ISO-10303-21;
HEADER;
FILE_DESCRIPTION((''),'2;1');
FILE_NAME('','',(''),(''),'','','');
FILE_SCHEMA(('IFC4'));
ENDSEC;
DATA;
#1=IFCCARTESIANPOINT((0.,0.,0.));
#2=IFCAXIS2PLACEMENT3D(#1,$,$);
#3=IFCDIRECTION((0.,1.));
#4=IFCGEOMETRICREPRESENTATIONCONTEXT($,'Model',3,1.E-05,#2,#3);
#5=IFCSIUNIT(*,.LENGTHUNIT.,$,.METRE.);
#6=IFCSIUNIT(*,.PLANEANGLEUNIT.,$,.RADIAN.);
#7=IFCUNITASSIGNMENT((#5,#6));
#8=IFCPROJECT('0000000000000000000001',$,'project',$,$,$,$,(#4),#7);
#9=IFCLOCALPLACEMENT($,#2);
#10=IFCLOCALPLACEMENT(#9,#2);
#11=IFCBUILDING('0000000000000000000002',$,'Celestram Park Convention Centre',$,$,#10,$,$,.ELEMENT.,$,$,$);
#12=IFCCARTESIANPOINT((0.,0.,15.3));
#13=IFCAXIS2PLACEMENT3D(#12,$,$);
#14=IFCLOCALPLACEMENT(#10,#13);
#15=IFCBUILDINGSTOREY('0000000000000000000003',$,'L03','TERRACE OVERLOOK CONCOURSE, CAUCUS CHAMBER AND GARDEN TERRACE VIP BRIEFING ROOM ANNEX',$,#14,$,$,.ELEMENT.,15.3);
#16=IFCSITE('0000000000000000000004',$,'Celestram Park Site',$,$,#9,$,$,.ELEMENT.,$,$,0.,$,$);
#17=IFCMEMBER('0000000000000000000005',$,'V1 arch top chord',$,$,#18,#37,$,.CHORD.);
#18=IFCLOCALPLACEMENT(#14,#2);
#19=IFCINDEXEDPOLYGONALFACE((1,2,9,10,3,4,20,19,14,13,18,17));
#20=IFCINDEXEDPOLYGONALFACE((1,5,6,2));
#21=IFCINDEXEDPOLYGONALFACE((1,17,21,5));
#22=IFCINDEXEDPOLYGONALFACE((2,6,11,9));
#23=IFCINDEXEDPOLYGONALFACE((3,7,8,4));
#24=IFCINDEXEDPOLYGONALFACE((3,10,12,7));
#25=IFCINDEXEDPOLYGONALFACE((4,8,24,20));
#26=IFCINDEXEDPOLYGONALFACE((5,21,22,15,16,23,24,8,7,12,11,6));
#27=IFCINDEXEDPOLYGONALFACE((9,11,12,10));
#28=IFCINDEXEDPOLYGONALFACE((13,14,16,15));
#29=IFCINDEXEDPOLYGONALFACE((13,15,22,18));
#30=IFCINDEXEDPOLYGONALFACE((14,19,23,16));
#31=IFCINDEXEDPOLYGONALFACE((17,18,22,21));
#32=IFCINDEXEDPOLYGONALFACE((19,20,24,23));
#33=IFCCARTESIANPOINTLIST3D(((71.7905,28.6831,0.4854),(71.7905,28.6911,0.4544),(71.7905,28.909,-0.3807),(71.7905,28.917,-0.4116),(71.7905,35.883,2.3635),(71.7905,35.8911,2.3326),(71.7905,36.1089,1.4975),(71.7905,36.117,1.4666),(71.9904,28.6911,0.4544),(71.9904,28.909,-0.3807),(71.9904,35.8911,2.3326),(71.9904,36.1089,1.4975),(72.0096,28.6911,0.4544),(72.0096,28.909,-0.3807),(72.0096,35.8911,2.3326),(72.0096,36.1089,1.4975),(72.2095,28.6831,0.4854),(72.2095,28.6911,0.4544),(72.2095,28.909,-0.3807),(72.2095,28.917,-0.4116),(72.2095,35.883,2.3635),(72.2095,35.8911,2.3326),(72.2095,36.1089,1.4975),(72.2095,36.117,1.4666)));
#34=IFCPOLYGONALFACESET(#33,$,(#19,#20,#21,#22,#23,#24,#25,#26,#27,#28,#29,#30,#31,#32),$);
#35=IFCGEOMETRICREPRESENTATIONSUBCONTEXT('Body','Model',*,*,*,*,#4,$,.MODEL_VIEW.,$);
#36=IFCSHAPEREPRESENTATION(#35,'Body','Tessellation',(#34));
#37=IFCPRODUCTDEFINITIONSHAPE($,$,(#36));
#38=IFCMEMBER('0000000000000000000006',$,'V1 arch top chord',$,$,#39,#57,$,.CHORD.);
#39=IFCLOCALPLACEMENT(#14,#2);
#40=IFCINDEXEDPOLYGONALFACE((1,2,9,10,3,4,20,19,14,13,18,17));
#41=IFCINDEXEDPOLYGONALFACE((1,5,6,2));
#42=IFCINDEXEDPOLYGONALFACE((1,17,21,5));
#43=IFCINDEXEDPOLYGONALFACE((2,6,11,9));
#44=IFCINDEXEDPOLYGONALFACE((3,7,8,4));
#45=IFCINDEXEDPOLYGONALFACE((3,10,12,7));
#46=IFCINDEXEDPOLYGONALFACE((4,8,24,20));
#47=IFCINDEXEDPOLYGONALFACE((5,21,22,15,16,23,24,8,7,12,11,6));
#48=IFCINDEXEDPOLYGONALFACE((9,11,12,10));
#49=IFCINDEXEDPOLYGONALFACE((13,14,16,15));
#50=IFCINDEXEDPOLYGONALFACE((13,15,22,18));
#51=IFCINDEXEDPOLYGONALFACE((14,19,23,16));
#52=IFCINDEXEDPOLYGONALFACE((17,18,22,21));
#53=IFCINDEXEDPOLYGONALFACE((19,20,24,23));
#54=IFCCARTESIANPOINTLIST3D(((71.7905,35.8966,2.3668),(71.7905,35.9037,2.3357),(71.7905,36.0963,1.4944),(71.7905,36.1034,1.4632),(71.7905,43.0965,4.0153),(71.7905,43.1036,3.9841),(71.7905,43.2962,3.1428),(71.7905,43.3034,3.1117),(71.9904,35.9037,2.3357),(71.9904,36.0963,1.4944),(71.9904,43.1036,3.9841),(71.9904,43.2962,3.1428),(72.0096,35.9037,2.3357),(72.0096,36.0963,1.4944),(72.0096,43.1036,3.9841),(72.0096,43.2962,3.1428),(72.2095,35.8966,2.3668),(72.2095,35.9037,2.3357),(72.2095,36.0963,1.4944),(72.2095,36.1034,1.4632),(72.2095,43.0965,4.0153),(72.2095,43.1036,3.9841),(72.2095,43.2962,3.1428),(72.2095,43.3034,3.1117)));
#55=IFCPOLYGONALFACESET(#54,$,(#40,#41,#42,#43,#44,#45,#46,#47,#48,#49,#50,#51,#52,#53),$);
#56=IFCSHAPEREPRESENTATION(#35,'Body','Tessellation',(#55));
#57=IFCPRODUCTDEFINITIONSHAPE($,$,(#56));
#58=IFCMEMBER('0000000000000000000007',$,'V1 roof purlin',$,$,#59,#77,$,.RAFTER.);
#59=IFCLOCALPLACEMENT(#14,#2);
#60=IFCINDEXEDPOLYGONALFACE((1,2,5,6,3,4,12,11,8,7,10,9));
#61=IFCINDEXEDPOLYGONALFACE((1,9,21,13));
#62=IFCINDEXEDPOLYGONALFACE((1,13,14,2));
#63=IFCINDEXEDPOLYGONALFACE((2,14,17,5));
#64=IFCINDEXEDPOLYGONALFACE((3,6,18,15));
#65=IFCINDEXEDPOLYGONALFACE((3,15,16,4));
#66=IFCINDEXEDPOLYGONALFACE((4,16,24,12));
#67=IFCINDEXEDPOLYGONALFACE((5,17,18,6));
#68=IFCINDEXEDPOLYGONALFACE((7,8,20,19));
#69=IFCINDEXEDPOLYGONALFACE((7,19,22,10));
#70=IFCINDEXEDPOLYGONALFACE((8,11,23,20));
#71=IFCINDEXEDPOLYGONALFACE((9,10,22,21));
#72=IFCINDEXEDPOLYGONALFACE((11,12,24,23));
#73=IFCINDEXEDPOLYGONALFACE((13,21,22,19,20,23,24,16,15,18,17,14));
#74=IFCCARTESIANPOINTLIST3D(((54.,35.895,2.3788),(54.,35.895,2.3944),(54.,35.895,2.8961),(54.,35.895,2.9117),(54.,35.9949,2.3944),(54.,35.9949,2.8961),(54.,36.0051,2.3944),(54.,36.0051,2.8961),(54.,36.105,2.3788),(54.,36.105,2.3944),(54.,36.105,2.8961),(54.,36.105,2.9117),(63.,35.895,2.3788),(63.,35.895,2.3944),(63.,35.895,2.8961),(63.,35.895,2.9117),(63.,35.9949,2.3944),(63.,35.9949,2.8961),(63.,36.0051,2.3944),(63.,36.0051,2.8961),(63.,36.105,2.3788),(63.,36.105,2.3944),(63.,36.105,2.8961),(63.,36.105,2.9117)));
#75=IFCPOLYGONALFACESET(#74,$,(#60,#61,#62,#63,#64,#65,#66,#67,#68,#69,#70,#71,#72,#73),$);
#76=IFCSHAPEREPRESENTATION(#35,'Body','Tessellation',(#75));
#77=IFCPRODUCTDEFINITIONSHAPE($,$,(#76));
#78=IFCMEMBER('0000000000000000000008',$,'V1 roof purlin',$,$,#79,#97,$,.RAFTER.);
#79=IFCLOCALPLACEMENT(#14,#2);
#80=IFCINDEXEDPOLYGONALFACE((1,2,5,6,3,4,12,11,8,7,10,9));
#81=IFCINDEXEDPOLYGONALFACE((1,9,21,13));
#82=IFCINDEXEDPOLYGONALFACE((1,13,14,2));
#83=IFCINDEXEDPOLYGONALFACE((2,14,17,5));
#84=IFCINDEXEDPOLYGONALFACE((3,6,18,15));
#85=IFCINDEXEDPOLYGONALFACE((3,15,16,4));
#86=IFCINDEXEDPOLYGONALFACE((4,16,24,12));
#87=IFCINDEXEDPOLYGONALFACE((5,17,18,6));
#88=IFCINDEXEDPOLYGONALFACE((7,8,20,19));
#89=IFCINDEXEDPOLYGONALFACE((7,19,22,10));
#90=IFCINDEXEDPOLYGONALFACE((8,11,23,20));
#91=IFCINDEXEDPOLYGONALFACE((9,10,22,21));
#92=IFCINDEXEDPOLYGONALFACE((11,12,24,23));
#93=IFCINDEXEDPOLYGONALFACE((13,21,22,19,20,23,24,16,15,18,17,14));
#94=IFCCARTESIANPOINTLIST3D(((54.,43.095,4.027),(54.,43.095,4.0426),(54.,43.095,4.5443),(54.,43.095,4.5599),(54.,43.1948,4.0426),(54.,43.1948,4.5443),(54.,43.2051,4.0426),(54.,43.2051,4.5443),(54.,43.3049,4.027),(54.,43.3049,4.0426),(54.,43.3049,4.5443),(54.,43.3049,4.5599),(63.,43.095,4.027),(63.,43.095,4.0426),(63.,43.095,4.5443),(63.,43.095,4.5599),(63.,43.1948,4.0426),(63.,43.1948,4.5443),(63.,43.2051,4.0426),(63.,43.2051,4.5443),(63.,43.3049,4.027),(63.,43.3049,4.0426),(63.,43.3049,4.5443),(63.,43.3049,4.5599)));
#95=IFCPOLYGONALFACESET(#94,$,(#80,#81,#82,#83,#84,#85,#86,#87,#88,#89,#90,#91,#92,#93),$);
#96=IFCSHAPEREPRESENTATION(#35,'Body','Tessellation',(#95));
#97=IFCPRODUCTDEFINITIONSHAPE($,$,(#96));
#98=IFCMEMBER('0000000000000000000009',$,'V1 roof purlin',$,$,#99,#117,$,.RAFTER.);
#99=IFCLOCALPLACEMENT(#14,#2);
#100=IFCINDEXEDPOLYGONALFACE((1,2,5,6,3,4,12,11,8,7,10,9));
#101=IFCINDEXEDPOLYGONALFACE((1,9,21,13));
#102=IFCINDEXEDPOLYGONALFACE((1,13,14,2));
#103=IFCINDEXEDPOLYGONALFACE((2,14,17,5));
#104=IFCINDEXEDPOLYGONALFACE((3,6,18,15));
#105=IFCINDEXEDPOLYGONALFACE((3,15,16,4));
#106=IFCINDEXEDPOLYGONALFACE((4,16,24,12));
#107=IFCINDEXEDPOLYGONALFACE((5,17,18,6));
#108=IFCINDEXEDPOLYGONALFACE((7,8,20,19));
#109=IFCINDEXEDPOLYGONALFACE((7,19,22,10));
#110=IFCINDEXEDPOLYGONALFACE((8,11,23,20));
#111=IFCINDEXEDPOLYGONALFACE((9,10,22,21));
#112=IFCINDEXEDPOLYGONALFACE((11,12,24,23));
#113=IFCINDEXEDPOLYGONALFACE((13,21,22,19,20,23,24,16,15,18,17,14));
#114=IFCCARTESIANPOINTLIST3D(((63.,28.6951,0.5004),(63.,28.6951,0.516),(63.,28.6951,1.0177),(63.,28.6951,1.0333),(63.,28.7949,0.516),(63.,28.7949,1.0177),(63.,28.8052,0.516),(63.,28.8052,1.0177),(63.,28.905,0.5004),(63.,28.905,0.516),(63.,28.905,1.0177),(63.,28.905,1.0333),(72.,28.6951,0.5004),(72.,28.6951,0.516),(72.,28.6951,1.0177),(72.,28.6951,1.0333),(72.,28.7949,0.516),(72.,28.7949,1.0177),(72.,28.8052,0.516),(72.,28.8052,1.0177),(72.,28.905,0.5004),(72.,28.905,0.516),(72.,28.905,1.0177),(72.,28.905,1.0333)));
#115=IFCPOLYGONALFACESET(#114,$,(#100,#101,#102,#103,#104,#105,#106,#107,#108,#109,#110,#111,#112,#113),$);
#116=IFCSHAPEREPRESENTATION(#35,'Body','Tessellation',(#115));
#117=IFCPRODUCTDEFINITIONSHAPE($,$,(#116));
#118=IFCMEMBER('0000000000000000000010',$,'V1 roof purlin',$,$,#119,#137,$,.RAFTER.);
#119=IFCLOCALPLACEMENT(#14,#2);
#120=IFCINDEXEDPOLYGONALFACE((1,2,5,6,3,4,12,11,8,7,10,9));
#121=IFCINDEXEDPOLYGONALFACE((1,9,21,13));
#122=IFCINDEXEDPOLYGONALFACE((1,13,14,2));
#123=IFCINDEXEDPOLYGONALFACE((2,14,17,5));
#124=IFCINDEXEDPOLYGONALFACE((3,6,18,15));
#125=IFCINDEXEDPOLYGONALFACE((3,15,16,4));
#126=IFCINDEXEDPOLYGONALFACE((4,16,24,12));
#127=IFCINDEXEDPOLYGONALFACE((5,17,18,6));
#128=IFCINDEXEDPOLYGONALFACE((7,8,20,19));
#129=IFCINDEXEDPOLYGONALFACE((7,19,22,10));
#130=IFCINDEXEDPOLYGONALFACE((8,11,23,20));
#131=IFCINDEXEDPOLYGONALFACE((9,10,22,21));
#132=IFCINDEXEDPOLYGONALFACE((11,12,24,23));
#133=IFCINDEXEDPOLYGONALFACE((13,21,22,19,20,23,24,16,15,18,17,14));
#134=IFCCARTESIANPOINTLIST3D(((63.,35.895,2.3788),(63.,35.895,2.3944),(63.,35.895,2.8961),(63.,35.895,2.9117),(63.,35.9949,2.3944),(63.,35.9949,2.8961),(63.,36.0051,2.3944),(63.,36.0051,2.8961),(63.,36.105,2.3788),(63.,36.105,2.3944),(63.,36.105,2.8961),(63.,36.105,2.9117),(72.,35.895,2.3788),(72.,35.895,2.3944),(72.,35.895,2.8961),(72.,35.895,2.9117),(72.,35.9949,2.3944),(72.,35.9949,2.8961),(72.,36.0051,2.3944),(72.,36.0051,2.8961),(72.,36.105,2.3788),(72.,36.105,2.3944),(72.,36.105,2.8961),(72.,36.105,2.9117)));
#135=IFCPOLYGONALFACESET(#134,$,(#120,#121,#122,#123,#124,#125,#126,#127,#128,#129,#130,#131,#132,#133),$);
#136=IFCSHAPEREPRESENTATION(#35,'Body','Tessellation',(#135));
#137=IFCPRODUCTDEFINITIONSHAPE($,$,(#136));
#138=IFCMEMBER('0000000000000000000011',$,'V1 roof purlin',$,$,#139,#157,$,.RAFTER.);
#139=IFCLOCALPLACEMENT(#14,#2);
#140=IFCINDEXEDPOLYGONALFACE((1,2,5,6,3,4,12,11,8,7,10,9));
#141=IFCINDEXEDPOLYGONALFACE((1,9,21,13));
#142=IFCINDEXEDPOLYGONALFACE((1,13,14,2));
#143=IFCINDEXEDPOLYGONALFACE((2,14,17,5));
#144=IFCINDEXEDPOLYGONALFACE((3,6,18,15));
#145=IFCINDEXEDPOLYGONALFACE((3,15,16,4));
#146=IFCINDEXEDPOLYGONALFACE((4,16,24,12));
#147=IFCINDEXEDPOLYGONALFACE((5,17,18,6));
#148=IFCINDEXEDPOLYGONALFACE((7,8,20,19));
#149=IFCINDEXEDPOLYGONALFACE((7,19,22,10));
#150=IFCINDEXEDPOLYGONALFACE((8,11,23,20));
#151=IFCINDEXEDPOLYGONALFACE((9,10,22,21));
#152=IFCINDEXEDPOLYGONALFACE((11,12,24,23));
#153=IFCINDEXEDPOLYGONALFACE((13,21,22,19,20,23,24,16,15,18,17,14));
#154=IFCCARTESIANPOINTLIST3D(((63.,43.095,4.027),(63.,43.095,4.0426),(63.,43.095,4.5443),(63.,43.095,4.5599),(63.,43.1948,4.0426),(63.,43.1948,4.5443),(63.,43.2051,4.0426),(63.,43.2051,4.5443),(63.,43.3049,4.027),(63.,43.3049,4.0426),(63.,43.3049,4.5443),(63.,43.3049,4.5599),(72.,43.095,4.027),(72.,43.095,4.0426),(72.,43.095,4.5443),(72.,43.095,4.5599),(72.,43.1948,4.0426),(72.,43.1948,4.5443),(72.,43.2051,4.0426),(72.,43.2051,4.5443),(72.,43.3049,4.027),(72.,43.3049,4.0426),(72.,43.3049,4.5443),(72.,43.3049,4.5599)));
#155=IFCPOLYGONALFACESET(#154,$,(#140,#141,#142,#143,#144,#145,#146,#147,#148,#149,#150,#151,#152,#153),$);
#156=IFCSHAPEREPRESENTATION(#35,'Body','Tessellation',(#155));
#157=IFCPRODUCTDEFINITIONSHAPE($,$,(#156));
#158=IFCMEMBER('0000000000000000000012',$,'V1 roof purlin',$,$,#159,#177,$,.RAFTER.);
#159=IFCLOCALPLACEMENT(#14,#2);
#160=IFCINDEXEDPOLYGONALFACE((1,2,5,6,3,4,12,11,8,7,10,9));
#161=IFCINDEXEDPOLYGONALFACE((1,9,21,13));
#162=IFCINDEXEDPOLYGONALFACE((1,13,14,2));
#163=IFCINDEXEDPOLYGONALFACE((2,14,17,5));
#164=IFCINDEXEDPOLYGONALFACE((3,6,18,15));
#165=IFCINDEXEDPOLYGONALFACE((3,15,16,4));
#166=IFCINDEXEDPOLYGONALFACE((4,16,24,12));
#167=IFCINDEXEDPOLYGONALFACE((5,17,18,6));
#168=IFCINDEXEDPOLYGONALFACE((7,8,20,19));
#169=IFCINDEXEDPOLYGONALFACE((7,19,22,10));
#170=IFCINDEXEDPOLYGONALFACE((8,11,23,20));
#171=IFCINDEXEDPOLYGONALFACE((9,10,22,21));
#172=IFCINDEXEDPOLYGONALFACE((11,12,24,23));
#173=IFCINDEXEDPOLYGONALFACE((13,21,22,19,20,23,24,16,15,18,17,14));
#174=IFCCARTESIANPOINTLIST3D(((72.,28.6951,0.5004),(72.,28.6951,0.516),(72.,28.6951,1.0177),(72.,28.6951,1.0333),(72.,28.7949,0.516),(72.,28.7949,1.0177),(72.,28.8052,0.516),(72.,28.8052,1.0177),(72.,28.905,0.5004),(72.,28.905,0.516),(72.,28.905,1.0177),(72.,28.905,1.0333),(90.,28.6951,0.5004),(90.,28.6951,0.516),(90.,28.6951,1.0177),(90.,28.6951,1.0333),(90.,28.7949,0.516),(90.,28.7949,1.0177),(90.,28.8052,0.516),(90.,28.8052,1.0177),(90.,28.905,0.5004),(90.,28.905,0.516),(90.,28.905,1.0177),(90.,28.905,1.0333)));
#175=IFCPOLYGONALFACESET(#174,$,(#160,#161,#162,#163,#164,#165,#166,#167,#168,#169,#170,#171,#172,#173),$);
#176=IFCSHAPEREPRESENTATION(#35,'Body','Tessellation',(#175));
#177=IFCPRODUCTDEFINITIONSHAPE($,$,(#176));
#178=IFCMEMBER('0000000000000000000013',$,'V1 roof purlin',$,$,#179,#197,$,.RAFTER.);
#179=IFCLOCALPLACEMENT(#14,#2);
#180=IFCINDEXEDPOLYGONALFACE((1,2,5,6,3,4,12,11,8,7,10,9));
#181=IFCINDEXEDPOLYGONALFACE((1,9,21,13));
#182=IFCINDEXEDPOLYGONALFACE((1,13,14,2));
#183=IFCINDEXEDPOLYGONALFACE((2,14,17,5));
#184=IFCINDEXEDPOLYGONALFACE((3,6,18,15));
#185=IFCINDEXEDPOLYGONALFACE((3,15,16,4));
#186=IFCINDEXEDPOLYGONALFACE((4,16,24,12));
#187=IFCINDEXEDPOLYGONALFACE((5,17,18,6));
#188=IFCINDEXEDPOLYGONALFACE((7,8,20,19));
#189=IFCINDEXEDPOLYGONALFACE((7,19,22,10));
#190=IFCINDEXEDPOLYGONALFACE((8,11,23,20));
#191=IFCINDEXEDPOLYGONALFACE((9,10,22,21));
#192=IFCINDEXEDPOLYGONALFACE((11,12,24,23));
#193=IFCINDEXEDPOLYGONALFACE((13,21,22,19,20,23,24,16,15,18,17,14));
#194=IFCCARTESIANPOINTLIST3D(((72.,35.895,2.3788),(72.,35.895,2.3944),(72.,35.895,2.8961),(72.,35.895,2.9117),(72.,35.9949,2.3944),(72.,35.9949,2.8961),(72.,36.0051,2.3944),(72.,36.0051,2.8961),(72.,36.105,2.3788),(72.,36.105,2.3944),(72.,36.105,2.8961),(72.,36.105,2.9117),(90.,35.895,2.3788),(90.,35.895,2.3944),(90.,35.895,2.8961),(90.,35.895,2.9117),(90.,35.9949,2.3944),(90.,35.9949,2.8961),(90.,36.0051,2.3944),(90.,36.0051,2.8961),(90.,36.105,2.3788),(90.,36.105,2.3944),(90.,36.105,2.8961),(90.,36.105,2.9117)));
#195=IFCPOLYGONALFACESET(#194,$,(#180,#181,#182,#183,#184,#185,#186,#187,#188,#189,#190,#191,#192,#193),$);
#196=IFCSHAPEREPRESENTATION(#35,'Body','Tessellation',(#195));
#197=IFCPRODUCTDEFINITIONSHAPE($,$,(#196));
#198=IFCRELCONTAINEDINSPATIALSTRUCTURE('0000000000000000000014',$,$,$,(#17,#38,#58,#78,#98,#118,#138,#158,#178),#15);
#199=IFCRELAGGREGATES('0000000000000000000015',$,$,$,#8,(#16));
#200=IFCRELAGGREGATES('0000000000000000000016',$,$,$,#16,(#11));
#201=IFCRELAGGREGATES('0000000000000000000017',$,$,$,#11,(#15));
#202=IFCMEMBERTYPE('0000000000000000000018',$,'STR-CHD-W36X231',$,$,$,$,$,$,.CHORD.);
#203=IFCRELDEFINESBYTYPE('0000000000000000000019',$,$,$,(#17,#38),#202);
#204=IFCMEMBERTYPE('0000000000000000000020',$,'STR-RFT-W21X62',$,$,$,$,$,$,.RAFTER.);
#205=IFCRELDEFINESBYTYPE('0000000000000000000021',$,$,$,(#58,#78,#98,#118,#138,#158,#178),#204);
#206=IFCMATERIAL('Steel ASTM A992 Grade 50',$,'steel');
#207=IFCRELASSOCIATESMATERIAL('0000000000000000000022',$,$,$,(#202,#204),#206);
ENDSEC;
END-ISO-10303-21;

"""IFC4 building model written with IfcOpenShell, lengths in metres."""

from ifc_helpers import new_model, si_unit, direction, frame, origin, origin_2d, place, context, subcontext, project, spatial, i_section, extrude, material, material_profile, profile_set, type_object, element, save


model = new_model("IFC4")

# Units and contexts
model_context = context("Model", 3, precision=1e-05, world=origin(), true_north=direction((0.0, 1.0)))
body_context = subcontext(model_context, "Body", "Model", "MODEL_VIEW")
ifc_project = project(units=[si_unit("LENGTHUNIT", "METRE"), si_unit("PLANEANGLEUNIT", "RADIAN")], contexts=[model_context])

# Site, building, storey
site_placement = place(None, origin())
site = spatial("IfcSite", under=ifc_project, at=site_placement, Name="Celestram Park Site", CompositionType="ELEMENT", RefElevation=0.0)
building_placement = place(site_placement, origin())
building = spatial("IfcBuilding", under=site, at=building_placement, Name="Celestram Park Convention Centre", CompositionType="ELEMENT")
storey_placement = place(building_placement, frame((0.0, 0.0, 15.3)))
storey = spatial("IfcBuildingStorey", under=building, at=storey_placement, Name="L03", Description="TERRACE OVERLOOK CONCOURSE, CAUCUS CHAMBER AND GARDEN TERRACE VIP BRIEFING ROOM ANNEX", CompositionType="ELEMENT", Elevation=15.3)

# Members
ifc_material_1 = material(Name="Steel ASTM A992 Grade 50", Category="steel")
ifc_material_profile_1 = material_profile(ifc_material_1, i_section(OverallWidth=0.4189, OverallDepth=0.927, WebThickness=0.0193, FlangeThickness=0.032, at=origin_2d()), Name="W36X231")
ifc_profile_set_1 = profile_set([ifc_material_profile_1], Name="Steel ASTM A992 Grade 50")
member_type_1 = type_object("IfcMemberType", Name="STR-CHD-W36X231", PredefinedType="CHORD", material=ifc_profile_set_1)
member_1_placement = place(storey_placement, frame((72.0, 28.8, 0.0369), z_axis=(0.0, 0.96762, 0.252413), x_axis=(-1.0, 0.0, 0.0)))
element("IfcMember", 1, at=member_1_placement, inside=storey, type_object=member_type_1, Name="V1 arch top chord", PredefinedType="CHORD", context=body_context, shape_type="SweptSolid", body=[
    extrude(i_section(OverallWidth=0.4189, OverallDepth=0.927, WebThickness=0.0193, FlangeThickness=0.032, at=origin_2d()), origin(), (0.0, 0.0, 1.0), 7.4409),
])
member_2_placement = place(storey_placement, frame((72.0, 36.0, 1.915), z_axis=(0.0, 0.974778, 0.223177), x_axis=(-1.0, 0.0, 0.0)))
element("IfcMember", 2, at=member_2_placement, inside=storey, type_object=member_type_1, Name="V1 arch top chord", PredefinedType="CHORD", context=body_context, shape_type="SweptSolid", body=[
    extrude(i_section(OverallWidth=0.4189, OverallDepth=0.927, WebThickness=0.0193, FlangeThickness=0.032, at=origin_2d()), origin(), (0.0, 0.0, 1.0), 7.3862),
])
ifc_material_profile_2 = material_profile(ifc_material_1, i_section(OverallWidth=0.21, OverallDepth=0.533, WebThickness=0.0103, FlangeThickness=0.0156, at=origin_2d()), Name="W21X62")
ifc_profile_set_2 = profile_set([ifc_material_profile_2], Name="Steel ASTM A992 Grade 50")
member_type_2 = type_object("IfcMemberType", Name="STR-RFT-W21X62", PredefinedType="RAFTER", material=ifc_profile_set_2)
for number, where, z_axis, x_axis, name in (
    (3, (54.0, 36.0, 2.6453), (1.0, 0.0, 0.0), (0.0, 1.0, 0.0), "V1 roof purlin"),
    (4, (54.0, 43.2, 4.2935), (1.0, 0.0, 0.0), (0.0, 1.0, 0.0), "V1 roof purlin"),
    (5, (63.0, 28.8, 0.7668), (1.0, 0.0, 0.0), (0.0, 1.0, 0.0), "V1 roof purlin"),
    (6, (63.0, 36.0, 2.6453), (1.0, 0.0, 0.0), (0.0, 1.0, 0.0), "V1 roof purlin"),
    (7, (63.0, 43.2, 4.2935), (1.0, 0.0, 0.0), (0.0, 1.0, 0.0), "V1 roof purlin"),
):
    element("IfcMember", number, at=place(storey_placement, frame(where, z_axis=z_axis, x_axis=x_axis)), inside=storey, type_object=member_type_2, Name=name, PredefinedType="RAFTER", context=body_context, shape_type="SweptSolid", body=[
        extrude(i_section(OverallWidth=0.21, OverallDepth=0.533, WebThickness=0.0103, FlangeThickness=0.0156, at=origin_2d()), origin(), (0.0, 0.0, 1.0), 9.0),
    ])
for number, where, z_axis, x_axis, name in (
    (8, (72.0, 28.8, 0.7668), (1.0, 0.0, 0.0), (0.0, 1.0, 0.0), "V1 roof purlin"),
    (9, (72.0, 36.0, 2.6453), (1.0, 0.0, 0.0), (0.0, 1.0, 0.0), "V1 roof purlin"),
):
    element("IfcMember", number, at=place(storey_placement, frame(where, z_axis=z_axis, x_axis=x_axis)), inside=storey, type_object=member_type_2, Name=name, PredefinedType="RAFTER", context=body_context, shape_type="SweptSolid", body=[
        extrude(i_section(OverallWidth=0.21, OverallDepth=0.533, WebThickness=0.0103, FlangeThickness=0.0156, at=origin_2d()), origin(), (0.0, 0.0, 1.0), 18.0),
    ])

save(model, "model.ifc")
